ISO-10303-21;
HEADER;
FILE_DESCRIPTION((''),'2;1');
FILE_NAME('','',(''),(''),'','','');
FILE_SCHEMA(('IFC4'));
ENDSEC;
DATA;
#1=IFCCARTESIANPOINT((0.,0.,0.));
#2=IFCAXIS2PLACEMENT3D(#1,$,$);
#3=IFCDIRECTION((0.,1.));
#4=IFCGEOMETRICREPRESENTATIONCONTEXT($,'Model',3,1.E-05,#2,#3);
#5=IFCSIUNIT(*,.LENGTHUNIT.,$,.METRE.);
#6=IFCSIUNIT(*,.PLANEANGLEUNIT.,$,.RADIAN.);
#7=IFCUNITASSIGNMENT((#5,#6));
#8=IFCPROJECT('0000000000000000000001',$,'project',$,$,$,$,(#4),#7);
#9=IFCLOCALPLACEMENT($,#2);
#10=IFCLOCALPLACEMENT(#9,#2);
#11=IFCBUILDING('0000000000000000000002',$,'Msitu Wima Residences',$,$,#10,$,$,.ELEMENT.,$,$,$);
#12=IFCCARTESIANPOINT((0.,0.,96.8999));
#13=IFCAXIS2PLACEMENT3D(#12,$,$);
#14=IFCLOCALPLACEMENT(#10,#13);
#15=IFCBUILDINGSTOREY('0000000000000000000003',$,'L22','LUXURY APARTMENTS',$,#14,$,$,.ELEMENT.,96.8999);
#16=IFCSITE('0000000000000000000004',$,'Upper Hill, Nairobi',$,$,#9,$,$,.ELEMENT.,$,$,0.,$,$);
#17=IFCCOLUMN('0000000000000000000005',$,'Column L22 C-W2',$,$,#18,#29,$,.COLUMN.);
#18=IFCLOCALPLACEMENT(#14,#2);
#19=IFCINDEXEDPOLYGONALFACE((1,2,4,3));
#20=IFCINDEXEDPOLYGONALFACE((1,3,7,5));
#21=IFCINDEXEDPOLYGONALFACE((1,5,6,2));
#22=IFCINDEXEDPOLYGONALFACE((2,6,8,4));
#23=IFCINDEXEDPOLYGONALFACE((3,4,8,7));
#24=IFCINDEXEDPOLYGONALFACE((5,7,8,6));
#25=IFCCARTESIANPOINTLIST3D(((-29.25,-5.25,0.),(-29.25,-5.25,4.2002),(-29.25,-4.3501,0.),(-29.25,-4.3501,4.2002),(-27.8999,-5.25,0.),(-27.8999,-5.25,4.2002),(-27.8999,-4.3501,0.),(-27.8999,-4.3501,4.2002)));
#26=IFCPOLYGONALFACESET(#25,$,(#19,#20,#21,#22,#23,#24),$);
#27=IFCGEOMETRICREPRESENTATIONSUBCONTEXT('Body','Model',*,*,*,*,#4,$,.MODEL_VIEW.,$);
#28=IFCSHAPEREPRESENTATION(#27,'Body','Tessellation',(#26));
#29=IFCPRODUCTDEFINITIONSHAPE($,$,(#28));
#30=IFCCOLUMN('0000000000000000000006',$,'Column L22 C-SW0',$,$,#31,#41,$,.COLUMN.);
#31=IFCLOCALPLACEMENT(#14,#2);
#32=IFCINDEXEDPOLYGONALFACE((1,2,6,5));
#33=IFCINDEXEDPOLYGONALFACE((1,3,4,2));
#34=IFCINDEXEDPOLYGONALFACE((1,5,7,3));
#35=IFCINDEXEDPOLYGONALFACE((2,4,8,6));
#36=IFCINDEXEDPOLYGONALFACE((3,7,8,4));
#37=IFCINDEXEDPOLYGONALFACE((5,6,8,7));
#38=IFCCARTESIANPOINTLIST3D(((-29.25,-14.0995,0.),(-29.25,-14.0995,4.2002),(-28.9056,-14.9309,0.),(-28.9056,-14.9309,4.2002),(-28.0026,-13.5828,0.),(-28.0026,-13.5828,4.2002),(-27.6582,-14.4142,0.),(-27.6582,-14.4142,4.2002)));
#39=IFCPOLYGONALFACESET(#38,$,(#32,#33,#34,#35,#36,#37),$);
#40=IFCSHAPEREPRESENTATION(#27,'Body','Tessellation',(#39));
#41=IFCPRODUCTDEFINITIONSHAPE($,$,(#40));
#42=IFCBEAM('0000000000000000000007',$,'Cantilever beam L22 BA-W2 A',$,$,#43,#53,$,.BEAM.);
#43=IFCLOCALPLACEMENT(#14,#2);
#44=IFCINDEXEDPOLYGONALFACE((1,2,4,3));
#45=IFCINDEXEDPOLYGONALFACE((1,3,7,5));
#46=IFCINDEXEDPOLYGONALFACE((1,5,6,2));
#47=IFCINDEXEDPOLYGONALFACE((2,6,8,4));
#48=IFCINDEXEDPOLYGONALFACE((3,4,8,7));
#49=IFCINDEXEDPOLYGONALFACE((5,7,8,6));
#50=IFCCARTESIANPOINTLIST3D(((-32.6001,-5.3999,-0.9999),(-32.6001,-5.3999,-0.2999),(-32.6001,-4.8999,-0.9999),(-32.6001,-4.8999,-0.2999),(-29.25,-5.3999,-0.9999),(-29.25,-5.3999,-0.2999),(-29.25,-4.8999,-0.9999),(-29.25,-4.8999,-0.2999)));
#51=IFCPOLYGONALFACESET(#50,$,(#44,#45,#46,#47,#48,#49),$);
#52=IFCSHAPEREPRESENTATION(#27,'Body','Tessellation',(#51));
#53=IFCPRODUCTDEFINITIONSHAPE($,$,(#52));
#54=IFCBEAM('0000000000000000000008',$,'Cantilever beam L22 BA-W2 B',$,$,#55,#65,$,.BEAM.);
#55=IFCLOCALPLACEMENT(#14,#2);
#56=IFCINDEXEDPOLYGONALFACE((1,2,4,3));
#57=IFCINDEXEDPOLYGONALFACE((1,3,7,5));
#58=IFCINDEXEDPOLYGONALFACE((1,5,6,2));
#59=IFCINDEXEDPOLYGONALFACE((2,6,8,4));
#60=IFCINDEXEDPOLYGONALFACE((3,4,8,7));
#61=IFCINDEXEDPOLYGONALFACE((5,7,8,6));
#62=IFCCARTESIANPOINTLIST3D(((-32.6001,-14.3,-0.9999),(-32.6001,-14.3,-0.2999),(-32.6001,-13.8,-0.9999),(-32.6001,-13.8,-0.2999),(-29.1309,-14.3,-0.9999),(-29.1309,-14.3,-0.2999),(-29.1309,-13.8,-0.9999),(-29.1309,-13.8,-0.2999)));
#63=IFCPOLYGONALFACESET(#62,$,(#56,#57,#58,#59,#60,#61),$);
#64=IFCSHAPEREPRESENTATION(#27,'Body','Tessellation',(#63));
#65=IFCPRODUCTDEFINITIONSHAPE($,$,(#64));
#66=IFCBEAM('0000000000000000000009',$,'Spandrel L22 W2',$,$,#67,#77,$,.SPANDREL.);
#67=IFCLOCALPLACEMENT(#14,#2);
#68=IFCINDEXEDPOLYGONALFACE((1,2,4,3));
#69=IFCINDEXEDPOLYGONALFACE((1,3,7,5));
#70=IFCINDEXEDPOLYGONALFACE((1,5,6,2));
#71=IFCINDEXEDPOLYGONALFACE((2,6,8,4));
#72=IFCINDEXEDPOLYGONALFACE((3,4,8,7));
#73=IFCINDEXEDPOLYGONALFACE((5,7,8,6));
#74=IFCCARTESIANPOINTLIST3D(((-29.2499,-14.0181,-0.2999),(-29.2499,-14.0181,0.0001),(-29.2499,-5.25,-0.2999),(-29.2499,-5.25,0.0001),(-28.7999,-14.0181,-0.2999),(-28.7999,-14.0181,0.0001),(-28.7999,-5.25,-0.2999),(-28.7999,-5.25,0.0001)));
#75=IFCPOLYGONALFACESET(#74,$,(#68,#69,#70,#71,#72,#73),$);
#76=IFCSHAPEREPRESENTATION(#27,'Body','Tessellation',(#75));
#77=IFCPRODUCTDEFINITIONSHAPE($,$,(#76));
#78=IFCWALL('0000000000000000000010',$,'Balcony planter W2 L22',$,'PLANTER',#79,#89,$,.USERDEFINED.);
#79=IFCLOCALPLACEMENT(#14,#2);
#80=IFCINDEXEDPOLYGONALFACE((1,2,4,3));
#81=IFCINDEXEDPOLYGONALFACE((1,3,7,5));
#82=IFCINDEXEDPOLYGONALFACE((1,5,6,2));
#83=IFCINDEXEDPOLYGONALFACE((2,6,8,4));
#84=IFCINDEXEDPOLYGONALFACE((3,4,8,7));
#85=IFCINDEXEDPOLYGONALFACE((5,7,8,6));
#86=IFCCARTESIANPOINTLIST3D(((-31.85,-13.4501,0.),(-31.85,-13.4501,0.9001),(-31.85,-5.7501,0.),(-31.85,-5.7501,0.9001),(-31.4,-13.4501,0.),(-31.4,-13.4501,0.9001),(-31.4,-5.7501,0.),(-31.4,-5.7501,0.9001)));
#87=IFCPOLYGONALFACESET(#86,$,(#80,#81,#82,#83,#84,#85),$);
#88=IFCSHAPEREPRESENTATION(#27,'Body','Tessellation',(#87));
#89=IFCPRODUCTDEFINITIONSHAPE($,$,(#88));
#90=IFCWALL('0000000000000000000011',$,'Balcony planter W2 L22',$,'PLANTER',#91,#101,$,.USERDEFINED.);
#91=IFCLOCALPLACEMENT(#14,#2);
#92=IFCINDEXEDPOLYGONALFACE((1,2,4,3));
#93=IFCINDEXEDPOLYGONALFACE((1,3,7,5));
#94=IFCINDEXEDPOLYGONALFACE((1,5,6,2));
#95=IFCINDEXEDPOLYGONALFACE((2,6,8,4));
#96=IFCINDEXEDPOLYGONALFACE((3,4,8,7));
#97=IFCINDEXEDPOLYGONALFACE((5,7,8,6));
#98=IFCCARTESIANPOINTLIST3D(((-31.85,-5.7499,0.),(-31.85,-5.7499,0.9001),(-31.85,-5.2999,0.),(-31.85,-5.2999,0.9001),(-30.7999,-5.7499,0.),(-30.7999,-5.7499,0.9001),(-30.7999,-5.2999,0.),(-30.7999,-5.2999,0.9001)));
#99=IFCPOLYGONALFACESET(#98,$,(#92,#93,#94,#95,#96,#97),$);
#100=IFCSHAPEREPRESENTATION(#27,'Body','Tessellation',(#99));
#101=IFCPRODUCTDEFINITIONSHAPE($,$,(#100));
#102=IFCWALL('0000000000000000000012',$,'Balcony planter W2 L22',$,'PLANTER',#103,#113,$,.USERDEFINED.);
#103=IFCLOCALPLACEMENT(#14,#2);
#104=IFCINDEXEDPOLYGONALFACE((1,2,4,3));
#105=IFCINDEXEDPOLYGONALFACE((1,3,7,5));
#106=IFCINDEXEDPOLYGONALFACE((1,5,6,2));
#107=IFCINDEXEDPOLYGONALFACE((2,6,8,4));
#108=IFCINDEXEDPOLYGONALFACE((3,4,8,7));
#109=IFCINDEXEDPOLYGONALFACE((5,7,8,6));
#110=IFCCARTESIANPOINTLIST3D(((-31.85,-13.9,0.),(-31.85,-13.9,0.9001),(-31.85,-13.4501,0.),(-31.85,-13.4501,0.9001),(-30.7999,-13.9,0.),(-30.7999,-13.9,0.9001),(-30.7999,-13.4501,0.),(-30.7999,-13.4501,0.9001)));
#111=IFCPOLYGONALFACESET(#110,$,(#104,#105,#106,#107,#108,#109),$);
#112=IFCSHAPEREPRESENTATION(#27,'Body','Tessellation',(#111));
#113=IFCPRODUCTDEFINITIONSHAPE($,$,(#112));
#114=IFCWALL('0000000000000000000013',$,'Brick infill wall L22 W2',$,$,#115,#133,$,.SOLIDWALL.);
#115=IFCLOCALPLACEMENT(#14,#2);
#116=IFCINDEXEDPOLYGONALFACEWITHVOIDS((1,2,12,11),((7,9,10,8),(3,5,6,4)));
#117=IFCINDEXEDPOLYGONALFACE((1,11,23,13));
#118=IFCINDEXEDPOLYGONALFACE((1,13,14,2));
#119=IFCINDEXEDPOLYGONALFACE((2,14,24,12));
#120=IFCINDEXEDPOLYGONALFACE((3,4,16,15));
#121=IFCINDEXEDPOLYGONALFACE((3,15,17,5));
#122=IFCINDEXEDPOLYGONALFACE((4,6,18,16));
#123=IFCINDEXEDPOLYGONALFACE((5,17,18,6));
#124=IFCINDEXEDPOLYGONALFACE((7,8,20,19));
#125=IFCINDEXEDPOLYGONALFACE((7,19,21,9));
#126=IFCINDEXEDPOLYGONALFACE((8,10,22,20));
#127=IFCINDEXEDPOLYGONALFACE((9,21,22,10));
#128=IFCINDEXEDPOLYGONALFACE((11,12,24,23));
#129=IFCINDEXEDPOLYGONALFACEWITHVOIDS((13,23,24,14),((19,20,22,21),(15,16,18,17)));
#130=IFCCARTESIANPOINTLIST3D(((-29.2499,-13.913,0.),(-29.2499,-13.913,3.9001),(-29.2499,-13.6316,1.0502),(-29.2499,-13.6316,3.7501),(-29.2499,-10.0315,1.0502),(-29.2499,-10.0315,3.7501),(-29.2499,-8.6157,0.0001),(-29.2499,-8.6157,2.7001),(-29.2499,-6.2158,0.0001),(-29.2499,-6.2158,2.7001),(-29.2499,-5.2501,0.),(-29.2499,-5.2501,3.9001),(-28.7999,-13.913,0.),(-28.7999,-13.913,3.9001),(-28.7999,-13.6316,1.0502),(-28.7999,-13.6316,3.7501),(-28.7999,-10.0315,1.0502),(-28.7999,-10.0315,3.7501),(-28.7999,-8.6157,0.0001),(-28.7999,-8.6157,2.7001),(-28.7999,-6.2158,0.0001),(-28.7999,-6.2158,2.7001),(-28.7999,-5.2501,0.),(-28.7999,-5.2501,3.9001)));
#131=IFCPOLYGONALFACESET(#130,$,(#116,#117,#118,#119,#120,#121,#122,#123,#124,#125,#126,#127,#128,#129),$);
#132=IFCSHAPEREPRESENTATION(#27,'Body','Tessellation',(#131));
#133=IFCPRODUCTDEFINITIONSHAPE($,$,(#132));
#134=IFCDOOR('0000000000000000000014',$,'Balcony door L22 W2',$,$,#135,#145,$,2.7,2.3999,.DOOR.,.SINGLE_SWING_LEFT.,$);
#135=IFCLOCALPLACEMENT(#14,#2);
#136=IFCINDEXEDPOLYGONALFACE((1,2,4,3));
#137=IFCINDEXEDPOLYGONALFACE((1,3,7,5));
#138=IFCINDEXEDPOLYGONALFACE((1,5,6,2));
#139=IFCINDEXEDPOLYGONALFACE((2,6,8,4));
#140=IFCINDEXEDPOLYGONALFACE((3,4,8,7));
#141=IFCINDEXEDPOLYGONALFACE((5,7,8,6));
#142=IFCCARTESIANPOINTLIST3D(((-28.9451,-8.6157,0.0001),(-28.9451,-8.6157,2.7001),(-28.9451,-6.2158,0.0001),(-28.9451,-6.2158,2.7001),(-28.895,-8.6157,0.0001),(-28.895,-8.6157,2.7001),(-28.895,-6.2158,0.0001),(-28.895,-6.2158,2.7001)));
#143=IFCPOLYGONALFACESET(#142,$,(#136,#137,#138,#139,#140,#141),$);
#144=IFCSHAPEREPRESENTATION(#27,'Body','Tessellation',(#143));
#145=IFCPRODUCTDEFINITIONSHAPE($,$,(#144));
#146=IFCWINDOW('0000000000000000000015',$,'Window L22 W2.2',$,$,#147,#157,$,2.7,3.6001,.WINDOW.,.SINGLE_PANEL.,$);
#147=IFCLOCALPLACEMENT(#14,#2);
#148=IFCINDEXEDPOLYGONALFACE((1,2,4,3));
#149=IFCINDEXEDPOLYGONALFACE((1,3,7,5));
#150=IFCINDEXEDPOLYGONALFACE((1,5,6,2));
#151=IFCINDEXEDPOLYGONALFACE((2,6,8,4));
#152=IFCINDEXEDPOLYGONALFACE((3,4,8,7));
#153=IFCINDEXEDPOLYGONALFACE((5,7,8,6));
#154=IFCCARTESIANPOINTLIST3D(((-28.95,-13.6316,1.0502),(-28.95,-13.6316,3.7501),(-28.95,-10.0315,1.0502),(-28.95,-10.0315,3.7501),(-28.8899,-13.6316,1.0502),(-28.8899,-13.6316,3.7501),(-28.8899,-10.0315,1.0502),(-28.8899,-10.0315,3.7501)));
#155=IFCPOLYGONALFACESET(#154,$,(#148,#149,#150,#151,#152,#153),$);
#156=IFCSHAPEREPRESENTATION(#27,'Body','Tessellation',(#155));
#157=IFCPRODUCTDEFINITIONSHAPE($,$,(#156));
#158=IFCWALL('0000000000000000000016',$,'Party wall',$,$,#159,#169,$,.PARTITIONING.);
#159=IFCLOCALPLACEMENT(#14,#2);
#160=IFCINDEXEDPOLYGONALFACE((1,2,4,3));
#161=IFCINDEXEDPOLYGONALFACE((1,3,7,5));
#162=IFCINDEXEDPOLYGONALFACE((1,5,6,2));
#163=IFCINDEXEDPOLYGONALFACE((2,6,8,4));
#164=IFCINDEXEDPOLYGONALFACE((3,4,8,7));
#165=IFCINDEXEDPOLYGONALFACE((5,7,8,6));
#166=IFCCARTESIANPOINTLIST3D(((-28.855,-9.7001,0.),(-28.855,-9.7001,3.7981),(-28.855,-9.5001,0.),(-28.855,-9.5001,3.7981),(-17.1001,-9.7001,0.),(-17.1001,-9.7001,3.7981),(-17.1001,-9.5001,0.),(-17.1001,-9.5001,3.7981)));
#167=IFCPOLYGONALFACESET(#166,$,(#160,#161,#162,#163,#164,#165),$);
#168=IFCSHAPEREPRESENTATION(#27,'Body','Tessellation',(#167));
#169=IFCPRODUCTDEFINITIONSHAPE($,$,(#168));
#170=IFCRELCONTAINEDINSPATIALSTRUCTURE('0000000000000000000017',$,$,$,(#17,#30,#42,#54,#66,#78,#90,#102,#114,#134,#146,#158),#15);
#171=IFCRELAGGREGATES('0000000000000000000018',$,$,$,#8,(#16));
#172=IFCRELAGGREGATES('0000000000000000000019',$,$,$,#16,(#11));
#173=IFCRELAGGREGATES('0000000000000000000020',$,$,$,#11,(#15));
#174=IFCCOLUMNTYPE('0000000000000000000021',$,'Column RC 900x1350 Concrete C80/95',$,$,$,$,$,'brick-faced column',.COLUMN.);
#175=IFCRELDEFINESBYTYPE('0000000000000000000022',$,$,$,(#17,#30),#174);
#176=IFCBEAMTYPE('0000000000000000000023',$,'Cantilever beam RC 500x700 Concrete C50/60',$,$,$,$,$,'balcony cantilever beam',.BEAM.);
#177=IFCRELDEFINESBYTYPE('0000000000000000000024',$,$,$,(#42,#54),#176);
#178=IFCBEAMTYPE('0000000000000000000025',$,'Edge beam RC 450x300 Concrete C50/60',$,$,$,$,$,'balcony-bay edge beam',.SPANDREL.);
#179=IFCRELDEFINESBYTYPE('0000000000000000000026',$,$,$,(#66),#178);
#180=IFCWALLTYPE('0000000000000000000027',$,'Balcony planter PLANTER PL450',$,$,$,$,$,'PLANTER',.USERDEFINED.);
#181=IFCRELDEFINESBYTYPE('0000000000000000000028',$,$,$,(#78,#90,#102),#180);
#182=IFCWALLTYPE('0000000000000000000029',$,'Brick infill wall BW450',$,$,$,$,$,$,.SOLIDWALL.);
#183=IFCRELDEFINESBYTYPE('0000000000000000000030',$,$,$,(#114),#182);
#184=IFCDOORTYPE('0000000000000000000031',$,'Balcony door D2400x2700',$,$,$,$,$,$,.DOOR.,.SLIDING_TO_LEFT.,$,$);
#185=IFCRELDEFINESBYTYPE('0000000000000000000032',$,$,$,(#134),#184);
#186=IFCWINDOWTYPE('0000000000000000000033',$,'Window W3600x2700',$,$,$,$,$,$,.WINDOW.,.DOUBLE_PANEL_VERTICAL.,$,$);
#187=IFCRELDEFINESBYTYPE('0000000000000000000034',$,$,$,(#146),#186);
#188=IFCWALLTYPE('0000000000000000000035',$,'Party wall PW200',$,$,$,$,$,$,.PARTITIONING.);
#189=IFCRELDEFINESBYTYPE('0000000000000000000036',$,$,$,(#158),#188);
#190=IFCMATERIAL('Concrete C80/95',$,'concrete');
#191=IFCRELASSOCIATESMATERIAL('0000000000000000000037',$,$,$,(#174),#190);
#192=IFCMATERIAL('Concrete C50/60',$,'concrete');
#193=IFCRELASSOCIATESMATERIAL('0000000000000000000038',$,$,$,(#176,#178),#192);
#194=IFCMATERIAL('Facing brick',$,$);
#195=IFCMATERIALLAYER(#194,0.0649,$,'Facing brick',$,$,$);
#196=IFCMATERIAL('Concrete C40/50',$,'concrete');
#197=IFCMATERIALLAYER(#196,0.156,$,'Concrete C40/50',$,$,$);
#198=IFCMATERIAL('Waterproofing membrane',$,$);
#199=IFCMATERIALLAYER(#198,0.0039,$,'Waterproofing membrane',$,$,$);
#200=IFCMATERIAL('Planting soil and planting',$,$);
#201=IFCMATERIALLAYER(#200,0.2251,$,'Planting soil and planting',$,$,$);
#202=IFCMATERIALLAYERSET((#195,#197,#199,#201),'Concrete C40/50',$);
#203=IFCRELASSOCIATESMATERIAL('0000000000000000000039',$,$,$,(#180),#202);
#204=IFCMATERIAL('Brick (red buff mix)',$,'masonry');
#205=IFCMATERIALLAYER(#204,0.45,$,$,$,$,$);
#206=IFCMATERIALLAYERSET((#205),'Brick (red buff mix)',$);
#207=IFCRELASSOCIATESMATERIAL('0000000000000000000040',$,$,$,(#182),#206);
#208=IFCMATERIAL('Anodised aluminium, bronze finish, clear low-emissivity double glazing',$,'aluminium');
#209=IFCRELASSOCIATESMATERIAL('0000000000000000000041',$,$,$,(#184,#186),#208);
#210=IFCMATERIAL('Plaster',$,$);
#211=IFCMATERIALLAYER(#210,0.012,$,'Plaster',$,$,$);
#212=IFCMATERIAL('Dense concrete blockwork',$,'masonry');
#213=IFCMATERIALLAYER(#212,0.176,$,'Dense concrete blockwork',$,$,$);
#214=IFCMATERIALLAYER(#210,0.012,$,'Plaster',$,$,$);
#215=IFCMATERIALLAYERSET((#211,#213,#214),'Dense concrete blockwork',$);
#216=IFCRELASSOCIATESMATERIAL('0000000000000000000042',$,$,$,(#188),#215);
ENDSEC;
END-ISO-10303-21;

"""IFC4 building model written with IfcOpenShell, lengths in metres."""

from ifc_helpers import new_model, si_unit, direction, frame, frame_2d, origin, origin_2d, place, context, subcontext, project, spatial, rectangle, extrude, material, layer, layer_set, material_profile, profile_set, type_object, element, fill, save


model = new_model("IFC4")

# Units and contexts
model_context = context("Model", 3, precision=1e-05, world=origin(), true_north=direction((0.0, 1.0)))
body_context = subcontext(model_context, "Body", "Model", "MODEL_VIEW")
ifc_project = project(units=[si_unit("LENGTHUNIT", "METRE"), si_unit("PLANEANGLEUNIT", "RADIAN")], contexts=[model_context])

# Site, building, storey
site_placement = place(None, origin())
site = spatial("IfcSite", under=ifc_project, at=site_placement, Name="Upper Hill, Nairobi", CompositionType="ELEMENT", RefElevation=0.0)
building_placement = place(site_placement, origin())
building = spatial("IfcBuilding", under=site, at=building_placement, Name="Msitu Wima Residences", CompositionType="ELEMENT")
storey_placement = place(building_placement, frame((0.0, 0.0, 96.8999)))
storey = spatial("IfcBuildingStorey", under=building, at=storey_placement, Name="L22", Description="LUXURY APARTMENTS", CompositionType="ELEMENT", Elevation=96.8999)

# Columns
ifc_material_1 = material(Name="Concrete C80/95", Category="concrete")
ifc_material_profile_1 = material_profile(ifc_material_1, rectangle(XDim=0.8999, YDim=1.3501, at=origin_2d()), Name="RC 900x1350")
ifc_profile_set_1 = profile_set([ifc_material_profile_1], Name="Concrete C80/95")
column_type = type_object("IfcColumnType", Name="Column RC 900x1350 Concrete C80/95", ElementType="brick-faced column", PredefinedType="COLUMN", material=ifc_profile_set_1)
for number, where, z_axis, x_axis, name in (
    (1, (-28.575, -4.8, 0.0), (0.0, 0.0, 1.0), (0.0, -1.0, 0.0), "Column L22 C-W2"),
    (2, (-28.4541, -14.2568, 0.0), (0.0, 0.0, 1.0), (0.382683, -0.92388, 0.0), "Column L22 C-SW0"),
):
    element("IfcColumn", number, at=place(storey_placement, frame(where, z_axis=z_axis, x_axis=x_axis)), inside=storey, type_object=column_type, Name=name, PredefinedType="COLUMN", context=body_context, shape_type="SweptSolid", body=[
        extrude(rectangle(XDim=0.8999, YDim=1.3501, at=origin_2d()), origin(), (0.0, 0.0, 1.0), 4.2002),
    ])

# Beams
ifc_material_2 = material(Name="Concrete C50/60", Category="concrete")
ifc_material_profile_2 = material_profile(ifc_material_2, rectangle(XDim=0.5, YDim=0.7, at=origin_2d()), Name="RC 500x700")
ifc_profile_set_2 = profile_set([ifc_material_profile_2], Name="Concrete C50/60")
beam_type_1 = type_object("IfcBeamType", Name="Cantilever beam RC 500x700 Concrete C50/60", ElementType="balcony cantilever beam", PredefinedType="BEAM", material=ifc_profile_set_2)
beam_1_placement = place(storey_placement, frame((-29.25, -5.1499, -0.6499), z_axis=(-1.0, 0.0, 0.0), x_axis=(0.0, -1.0, 0.0)))
element("IfcBeam", 3, at=beam_1_placement, inside=storey, type_object=beam_type_1, Name="Cantilever beam L22 BA-W2 A", PredefinedType="BEAM", context=body_context, shape_type="SweptSolid", body=[
    extrude(rectangle(XDim=0.5, YDim=0.7, at=origin_2d()), origin(), (0.0, 0.0, 1.0), 3.3501),
])
beam_2_placement = place(storey_placement, frame((-29.1309, -14.05, -0.6499), z_axis=(-1.0, 0.0, 0.0), x_axis=(0.0, -1.0, 0.0)))
element("IfcBeam", 4, at=beam_2_placement, inside=storey, type_object=beam_type_1, Name="Cantilever beam L22 BA-W2 B", PredefinedType="BEAM", context=body_context, shape_type="SweptSolid", body=[
    extrude(rectangle(XDim=0.5, YDim=0.7, at=origin_2d()), origin(), (0.0, 0.0, 1.0), 3.4692),
])
ifc_material_profile_3 = material_profile(ifc_material_2, rectangle(XDim=0.45, YDim=0.3, at=origin_2d()), Name="RC 450x300")
ifc_profile_set_3 = profile_set([ifc_material_profile_3], Name="Concrete C50/60")
beam_type_2 = type_object("IfcBeamType", Name="Edge beam RC 450x300 Concrete C50/60", ElementType="balcony-bay edge beam", PredefinedType="SPANDREL", material=ifc_profile_set_3)
beam_3_placement = place(storey_placement, frame((-29.0249, -5.25, -0.1499), z_axis=(0.0, -1.0, 0.0), x_axis=(1.0, 0.0, 0.0)))
element("IfcBeam", 5, at=beam_3_placement, inside=storey, type_object=beam_type_2, Name="Spandrel L22 W2", PredefinedType="SPANDREL", context=body_context, shape_type="SweptSolid", body=[
    extrude(rectangle(XDim=0.45, YDim=0.3, at=origin_2d()), origin(), (0.0, 0.0, 1.0), 8.7681),
])

# Walls
ifc_material_3 = material(Name="Facing brick")
ifc_layer_1 = layer(ifc_material_3, 0.0649, Name="Facing brick")
ifc_material_4 = material(Name="Concrete C40/50", Category="concrete")
ifc_layer_2 = layer(ifc_material_4, 0.156, Name="Concrete C40/50")
ifc_material_5 = material(Name="Waterproofing membrane")
ifc_layer_3 = layer(ifc_material_5, 0.0039, Name="Waterproofing membrane")
ifc_material_6 = material(Name="Planting soil and planting")
ifc_layer_4 = layer(ifc_material_6, 0.2251, Name="Planting soil and planting")
ifc_layer_set_1 = layer_set([ifc_layer_1, ifc_layer_2, ifc_layer_3, ifc_layer_4], Name="Concrete C40/50")
wall_type_1 = type_object("IfcWallType", Name="Balcony planter PLANTER PL450", ElementType="PLANTER", PredefinedType="USERDEFINED", material=ifc_layer_set_1)
wall_1_placement = place(storey_placement, frame((-31.625, -5.75, 0.0), z_axis=(0.0, 0.0, 1.0), x_axis=(0.0, -1.0, 0.0)))
element("IfcWall", 6, at=wall_1_placement, inside=storey, type_object=wall_type_1, Name="Balcony planter W2 L22", ObjectType="PLANTER", PredefinedType="USERDEFINED", context=body_context, shape_type="SweptSolid", body=[
    extrude(rectangle(XDim=7.7, YDim=0.45, at=frame_2d((3.8501, 0.0))), origin(), (0.0, 0.0, 1.0), 0.9001),
])
for number, where, z_axis, x_axis, name in (
    (7, (-30.8, -5.5249, 0.0), (0.0, 0.0, 1.0), (-1.0, 0.0, 0.0), "Balcony planter W2 L22"),
    (8, (-30.8, -13.675, 0.0), (0.0, 0.0, 1.0), (-1.0, 0.0, 0.0), "Balcony planter W2 L22"),
):
    element("IfcWall", number, at=place(storey_placement, frame(where, z_axis=z_axis, x_axis=x_axis)), inside=storey, type_object=wall_type_1, Name=name, ObjectType="PLANTER", PredefinedType="USERDEFINED", context=body_context, shape_type="SweptSolid", body=[
        extrude(rectangle(XDim=1.05, YDim=0.45, at=frame_2d((0.5249, 0.0))), origin(), (0.0, 0.0, 1.0), 0.9001),
    ])

# Wall, openings, door, window
ifc_material_7 = material(Name="Brick (red buff mix)", Category="masonry")
ifc_layer_5 = layer(ifc_material_7, 0.45)
ifc_layer_set_2 = layer_set([ifc_layer_5], Name="Brick (red buff mix)")
wall_type_2 = type_object("IfcWallType", Name="Brick infill wall BW450", PredefinedType="SOLIDWALL", material=ifc_layer_set_2)
wall_2_placement = place(storey_placement, frame((-29.0249, -5.25, 0.0), z_axis=(0.0, 0.0, 1.0), x_axis=(0.0, -1.0, 0.0)))
wall_2 = element("IfcWall", 9, at=wall_2_placement, inside=storey, type_object=wall_type_2, Name="Brick infill wall L22 W2", PredefinedType="SOLIDWALL", context=body_context, shape_type="SweptSolid", body=[
    extrude(rectangle(XDim=8.6628, YDim=0.45, at=frame_2d((4.3315, 0.0))), origin(), (0.0, 0.0, 1.0), 3.9001),
])
opening_1_placement = place(wall_2_placement, frame((0.9658, 0.0, 0.0)))
opening_1 = element("IfcOpeningElement", 10, at=opening_1_placement, cuts=wall_2, PredefinedType="OPENING", context=body_context, shape_type="SweptSolid", body=[
    extrude(rectangle(XDim=2.3999, YDim=2.7, at=frame_2d((1.2, 1.3501))), frame((0.0, 0.2349, 0.0), z_axis=(0.0, -1.0, 0.0), x_axis=(1.0, 0.0, 0.0)), (0.0, 0.0, 1.0), 0.47),
])
opening_2_placement = place(wall_2_placement, frame((4.7815, 0.0, 1.05)))
opening_2 = element("IfcOpeningElement", 11, at=opening_2_placement, cuts=wall_2, PredefinedType="OPENING", context=body_context, shape_type="SweptSolid", body=[
    extrude(rectangle(XDim=3.6001, YDim=2.7, at=frame_2d((1.8, 1.3501))), frame((0.0, 0.2349, 0.0), z_axis=(0.0, -1.0, 0.0), x_axis=(1.0, 0.0, 0.0)), (0.0, 0.0, 1.0), 0.47),
])
ifc_material_8 = material(Name="Anodised aluminium, bronze finish, clear low-emissivity double glazing", Category="aluminium")
door_type = type_object("IfcDoorType", Name="Balcony door D2400x2700", OperationType="SLIDING_TO_LEFT", PredefinedType="DOOR", material=ifc_material_8)
door_placement = place(opening_1_placement, origin())
door = element("IfcDoor", 12, at=door_placement, inside=storey, type_object=door_type, Name="Balcony door L22 W2", OperationType="SINGLE_SWING_LEFT", OverallHeight=2.7, OverallWidth=2.3999, PredefinedType="DOOR", context=body_context, shape_type="SweptSolid", body=[
    extrude(rectangle(XDim=2.3999, YDim=2.7, at=frame_2d((1.2, 1.3501))), frame((0.0, 0.1299, 0.0), z_axis=(0.0, -1.0, 0.0), x_axis=(1.0, 0.0, 0.0)), (0.0, 0.0, 1.0), 0.05),
])
fill(opening_1, door)
window_type = type_object("IfcWindowType", Name="Window W3600x2700", PartitioningType="DOUBLE_PANEL_VERTICAL", PredefinedType="WINDOW", material=ifc_material_8)
window_placement = place(opening_2_placement, origin())
window = element("IfcWindow", 13, at=window_placement, inside=storey, type_object=window_type, Name="Window L22 W2.2", OverallHeight=2.7, OverallWidth=3.6001, PartitioningType="SINGLE_PANEL", PredefinedType="WINDOW", context=body_context, shape_type="SweptSolid", body=[
    extrude(rectangle(XDim=3.6001, YDim=2.7, at=frame_2d((1.8, 1.3501))), frame((0.0, 0.135, 0.0), z_axis=(0.0, -1.0, 0.0), x_axis=(1.0, 0.0, 0.0)), (0.0, 0.0, 1.0), 0.0601),
])
fill(opening_2, window)

# Wall
ifc_material_9 = material(Name="Plaster")
ifc_layer_6 = layer(ifc_material_9, 0.012, Name="Plaster")
ifc_material_10 = material(Name="Dense concrete blockwork", Category="masonry")
ifc_layer_7 = layer(ifc_material_10, 0.176, Name="Dense concrete blockwork")
ifc_layer_8 = layer(ifc_material_9, 0.012, Name="Plaster")
ifc_layer_set_3 = layer_set([ifc_layer_6, ifc_layer_7, ifc_layer_8], Name="Dense concrete blockwork")
wall_type_3 = type_object("IfcWallType", Name="Party wall PW200", PredefinedType="PARTITIONING", material=ifc_layer_set_3)
wall_3_placement = place(storey_placement, frame((-28.855, -9.6001, 0.0), z_axis=(0.0, 0.0, 1.0), x_axis=(1.0, 0.0, 0.0)))
element("IfcWall", 14, at=wall_3_placement, inside=storey, type_object=wall_type_3, Name="Party wall", PredefinedType="PARTITIONING", context=body_context, shape_type="SweptSolid", body=[
    extrude(rectangle(XDim=11.7549, YDim=0.2, at=frame_2d((5.8774, 0.0))), origin(), (0.0, 0.0, 1.0), 3.7981),
])

save(model, "model.ifc")
